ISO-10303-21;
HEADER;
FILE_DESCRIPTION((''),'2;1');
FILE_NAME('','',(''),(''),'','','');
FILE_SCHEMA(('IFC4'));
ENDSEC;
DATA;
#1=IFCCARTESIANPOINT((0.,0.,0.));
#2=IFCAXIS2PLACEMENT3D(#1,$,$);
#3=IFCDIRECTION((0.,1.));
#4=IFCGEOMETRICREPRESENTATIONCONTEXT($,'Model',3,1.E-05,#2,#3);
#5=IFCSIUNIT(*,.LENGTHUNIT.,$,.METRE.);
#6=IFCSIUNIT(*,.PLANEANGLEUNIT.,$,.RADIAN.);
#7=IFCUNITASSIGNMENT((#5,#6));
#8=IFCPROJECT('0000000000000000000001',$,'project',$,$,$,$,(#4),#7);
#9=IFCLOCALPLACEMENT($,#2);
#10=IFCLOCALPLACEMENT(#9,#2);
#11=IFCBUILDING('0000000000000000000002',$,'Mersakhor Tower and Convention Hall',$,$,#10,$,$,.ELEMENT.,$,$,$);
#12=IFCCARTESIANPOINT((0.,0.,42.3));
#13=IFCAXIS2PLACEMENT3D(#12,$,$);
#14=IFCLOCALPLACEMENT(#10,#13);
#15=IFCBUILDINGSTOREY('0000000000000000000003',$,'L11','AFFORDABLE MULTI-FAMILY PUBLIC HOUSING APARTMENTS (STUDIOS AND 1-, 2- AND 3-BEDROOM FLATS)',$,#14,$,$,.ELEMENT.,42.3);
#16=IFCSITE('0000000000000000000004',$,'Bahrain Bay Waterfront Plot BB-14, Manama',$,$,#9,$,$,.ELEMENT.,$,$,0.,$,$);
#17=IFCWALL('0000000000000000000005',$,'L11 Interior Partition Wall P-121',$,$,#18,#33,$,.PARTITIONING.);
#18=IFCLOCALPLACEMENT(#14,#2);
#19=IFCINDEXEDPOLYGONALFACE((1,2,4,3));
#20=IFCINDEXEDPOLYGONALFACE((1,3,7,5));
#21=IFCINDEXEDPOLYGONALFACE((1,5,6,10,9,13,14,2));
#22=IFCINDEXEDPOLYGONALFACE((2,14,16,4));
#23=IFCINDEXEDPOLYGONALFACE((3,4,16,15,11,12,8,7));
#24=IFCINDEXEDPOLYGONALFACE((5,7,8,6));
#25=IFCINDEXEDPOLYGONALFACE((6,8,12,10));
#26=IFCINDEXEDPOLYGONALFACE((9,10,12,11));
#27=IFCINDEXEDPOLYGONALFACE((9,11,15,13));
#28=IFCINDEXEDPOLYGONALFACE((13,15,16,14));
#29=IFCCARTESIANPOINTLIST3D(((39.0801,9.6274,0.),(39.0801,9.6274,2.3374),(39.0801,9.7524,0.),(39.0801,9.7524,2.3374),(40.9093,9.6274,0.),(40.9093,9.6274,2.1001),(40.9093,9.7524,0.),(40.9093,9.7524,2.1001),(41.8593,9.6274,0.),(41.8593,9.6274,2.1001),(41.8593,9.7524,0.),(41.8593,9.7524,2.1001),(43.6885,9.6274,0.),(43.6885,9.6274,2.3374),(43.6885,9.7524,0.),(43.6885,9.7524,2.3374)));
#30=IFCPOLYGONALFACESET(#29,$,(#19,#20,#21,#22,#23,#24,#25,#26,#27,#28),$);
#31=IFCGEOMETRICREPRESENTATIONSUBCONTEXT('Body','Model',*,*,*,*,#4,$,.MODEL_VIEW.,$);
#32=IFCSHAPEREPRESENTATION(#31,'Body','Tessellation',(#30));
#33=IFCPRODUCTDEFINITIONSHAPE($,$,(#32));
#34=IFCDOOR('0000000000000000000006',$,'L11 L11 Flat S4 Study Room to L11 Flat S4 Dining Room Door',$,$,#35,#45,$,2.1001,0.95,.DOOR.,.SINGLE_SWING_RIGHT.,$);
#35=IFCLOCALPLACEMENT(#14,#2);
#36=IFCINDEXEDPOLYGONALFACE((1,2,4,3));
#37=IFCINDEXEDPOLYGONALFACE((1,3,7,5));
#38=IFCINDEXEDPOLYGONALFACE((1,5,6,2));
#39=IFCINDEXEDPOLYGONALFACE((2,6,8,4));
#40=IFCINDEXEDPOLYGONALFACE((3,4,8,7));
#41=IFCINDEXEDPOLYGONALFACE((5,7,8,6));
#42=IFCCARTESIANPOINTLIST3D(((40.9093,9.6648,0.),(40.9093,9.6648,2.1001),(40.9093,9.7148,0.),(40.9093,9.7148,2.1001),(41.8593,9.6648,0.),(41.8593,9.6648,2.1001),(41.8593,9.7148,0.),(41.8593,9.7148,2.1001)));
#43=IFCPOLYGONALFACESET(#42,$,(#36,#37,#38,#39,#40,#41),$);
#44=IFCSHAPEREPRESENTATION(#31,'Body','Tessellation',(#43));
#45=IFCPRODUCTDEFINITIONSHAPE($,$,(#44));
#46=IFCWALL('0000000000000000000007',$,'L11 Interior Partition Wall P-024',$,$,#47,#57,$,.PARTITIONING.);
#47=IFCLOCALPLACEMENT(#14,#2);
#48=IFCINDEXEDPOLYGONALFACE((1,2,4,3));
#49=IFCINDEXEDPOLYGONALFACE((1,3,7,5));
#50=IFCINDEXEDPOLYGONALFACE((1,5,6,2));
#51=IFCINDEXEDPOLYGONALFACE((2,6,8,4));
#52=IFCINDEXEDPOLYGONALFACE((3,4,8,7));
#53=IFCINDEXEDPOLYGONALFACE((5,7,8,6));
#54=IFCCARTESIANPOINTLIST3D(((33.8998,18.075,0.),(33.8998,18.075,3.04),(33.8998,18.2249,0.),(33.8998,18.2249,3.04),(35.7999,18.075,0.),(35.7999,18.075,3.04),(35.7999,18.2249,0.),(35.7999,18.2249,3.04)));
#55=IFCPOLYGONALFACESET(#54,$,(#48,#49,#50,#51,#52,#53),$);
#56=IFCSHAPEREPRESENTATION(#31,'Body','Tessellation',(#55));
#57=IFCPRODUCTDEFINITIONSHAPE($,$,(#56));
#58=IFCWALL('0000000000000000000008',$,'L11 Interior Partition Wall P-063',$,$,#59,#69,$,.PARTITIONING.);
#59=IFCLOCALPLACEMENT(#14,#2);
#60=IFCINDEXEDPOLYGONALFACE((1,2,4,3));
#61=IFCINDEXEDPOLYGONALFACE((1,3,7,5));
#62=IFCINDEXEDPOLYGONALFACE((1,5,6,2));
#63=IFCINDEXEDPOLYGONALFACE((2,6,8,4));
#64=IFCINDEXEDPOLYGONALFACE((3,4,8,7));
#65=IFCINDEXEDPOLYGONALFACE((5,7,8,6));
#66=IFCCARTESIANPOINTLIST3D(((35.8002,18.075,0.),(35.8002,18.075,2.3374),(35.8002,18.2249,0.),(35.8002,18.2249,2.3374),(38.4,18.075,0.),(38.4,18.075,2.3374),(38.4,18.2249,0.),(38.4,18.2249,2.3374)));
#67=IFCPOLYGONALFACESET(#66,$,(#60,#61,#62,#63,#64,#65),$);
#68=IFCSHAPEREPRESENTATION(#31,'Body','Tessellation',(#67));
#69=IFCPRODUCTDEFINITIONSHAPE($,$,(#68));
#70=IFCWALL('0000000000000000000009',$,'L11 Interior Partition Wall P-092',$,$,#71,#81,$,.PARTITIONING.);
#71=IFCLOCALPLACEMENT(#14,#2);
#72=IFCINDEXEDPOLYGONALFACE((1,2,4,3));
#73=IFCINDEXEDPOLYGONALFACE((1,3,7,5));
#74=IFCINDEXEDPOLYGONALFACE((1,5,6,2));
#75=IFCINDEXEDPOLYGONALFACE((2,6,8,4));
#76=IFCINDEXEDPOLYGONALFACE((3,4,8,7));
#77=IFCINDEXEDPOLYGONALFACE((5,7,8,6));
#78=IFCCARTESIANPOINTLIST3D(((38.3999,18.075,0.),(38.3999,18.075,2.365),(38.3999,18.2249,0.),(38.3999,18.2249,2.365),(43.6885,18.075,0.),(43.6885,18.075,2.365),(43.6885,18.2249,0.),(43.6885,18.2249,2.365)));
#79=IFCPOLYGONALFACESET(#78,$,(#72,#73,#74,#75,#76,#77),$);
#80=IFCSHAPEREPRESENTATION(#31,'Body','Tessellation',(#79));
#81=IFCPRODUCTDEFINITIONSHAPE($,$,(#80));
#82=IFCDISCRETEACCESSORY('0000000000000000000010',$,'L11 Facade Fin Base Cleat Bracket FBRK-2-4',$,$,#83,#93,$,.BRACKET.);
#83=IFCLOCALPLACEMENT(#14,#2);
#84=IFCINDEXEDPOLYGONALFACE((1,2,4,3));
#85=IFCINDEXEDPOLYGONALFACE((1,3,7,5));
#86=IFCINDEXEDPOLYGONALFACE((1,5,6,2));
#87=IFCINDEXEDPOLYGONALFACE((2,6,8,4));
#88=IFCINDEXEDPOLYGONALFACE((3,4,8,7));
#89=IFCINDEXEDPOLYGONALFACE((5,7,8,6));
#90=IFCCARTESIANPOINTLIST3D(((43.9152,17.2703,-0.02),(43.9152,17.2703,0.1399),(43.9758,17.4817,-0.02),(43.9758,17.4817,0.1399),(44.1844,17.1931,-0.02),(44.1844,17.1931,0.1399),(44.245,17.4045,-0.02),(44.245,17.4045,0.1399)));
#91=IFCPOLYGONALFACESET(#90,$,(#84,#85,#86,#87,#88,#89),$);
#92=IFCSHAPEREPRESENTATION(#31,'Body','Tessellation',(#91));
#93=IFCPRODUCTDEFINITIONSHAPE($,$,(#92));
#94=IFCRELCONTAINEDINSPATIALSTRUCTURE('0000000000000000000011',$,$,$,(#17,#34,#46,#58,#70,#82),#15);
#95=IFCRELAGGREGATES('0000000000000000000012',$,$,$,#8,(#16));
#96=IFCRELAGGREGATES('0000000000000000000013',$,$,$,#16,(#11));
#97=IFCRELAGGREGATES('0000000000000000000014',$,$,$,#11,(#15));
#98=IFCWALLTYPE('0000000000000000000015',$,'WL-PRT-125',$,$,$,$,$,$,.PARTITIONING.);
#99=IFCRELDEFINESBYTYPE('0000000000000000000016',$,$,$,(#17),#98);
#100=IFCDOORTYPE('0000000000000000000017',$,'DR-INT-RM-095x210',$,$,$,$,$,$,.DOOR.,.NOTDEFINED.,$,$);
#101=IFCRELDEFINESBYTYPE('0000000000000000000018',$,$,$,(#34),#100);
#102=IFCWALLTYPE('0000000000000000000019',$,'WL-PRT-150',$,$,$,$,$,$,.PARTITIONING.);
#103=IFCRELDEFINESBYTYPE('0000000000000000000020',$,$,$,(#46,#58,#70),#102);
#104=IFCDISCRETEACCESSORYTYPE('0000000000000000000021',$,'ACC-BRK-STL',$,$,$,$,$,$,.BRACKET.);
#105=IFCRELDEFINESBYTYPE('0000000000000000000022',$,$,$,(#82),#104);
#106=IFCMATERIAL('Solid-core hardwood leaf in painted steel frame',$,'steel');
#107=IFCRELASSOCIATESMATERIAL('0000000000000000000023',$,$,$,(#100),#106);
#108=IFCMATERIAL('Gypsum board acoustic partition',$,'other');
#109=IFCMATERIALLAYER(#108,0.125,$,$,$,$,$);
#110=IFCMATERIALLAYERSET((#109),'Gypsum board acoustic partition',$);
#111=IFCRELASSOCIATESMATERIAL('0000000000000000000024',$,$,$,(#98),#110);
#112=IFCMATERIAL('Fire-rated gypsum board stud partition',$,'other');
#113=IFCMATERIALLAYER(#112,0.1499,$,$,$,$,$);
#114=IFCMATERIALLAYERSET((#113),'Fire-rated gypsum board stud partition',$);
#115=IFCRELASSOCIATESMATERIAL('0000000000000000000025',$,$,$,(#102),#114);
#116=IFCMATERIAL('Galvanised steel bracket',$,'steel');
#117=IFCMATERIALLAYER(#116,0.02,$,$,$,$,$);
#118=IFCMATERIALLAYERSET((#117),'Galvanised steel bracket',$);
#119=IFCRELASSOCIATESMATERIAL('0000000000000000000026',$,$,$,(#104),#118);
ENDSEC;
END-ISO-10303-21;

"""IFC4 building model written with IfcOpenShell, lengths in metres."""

from ifc_helpers import new_model, si_unit, direction, frame, frame_2d, origin, origin_2d, place, context, subcontext, project, spatial, rectangle, extrude, material, layer, layer_set, type_object, element, fill, save


model = new_model("IFC4")

# Units and contexts
model_context = context("Model", 3, precision=1e-05, world=origin(), true_north=direction((0.0, 1.0)))
body_context = subcontext(model_context, "Body", "Model", "MODEL_VIEW")
ifc_project = project(units=[si_unit("LENGTHUNIT", "METRE"), si_unit("PLANEANGLEUNIT", "RADIAN")], contexts=[model_context])

# Site, building, storey
site_placement = place(None, origin())
site = spatial("IfcSite", under=ifc_project, at=site_placement, Name="Bahrain Bay Waterfront Plot BB-14, Manama", CompositionType="ELEMENT", RefElevation=0.0)
building_placement = place(site_placement, origin())
building = spatial("IfcBuilding", under=site, at=building_placement, Name="Mersakhor Tower and Convention Hall", CompositionType="ELEMENT")
storey_placement = place(building_placement, frame((0.0, 0.0, 42.3)))
storey = spatial("IfcBuildingStorey", under=building, at=storey_placement, Name="L11", Description="AFFORDABLE MULTI-FAMILY PUBLIC HOUSING APARTMENTS (STUDIOS AND 1-, 2- AND 3-BEDROOM FLATS)", CompositionType="ELEMENT", Elevation=42.3)

# Shared definitions
ifc_material_1 = material(Name="Solid-core hardwood leaf in painted steel frame", Category="steel")
door_type_1 = type_object("IfcDoorType", Name="DR-INT-RM-095x210", OperationType="NOTDEFINED", PredefinedType="DOOR", material=ifc_material_1)

# Wall, opening, door
ifc_material_2 = material(Name="Gypsum board acoustic partition", Category="other")
ifc_layer_1 = layer(ifc_material_2, 0.125)
ifc_layer_set_1 = layer_set([ifc_layer_1], Name="Gypsum board acoustic partition")
wall_type_1 = type_object("IfcWallType", Name="WL-PRT-125", PredefinedType="PARTITIONING", material=ifc_layer_set_1)
wall_1_placement = place(storey_placement, frame((39.0801, 9.6899, 0.0), z_axis=(0.0, 0.0, 1.0), x_axis=(1.0, 0.0, 0.0)))
wall_1 = element("IfcWall", 1, at=wall_1_placement, inside=storey, type_object=wall_type_1, Name="L11 Interior Partition Wall P-121", PredefinedType="PARTITIONING", context=body_context, shape_type="SweptSolid", body=[
    extrude(rectangle(XDim=4.6084, YDim=0.125, at=frame_2d((2.3042, 0.0))), origin(), (0.0, 0.0, 1.0), 2.3374),
])
opening_1_placement = place(wall_1_placement, frame((1.8291, 0.0, 0.0)))
opening_1 = element("IfcOpeningElement", 2, at=opening_1_placement, cuts=wall_1, PredefinedType="OPENING", context=body_context, shape_type="SweptSolid", body=[
    extrude(rectangle(XDim=0.95, YDim=2.1001, at=frame_2d((0.4751, 1.05))), frame((0.0, 0.0725, 0.0), z_axis=(0.0, -1.0, 0.0), x_axis=(1.0, 0.0, 0.0)), (0.0, 0.0, 1.0), 0.145),
])
door_1_placement = place(opening_1_placement, origin())
door_1 = element("IfcDoor", 3, at=door_1_placement, inside=storey, type_object=door_type_1, Name="L11 L11 Flat S4 Study Room to L11 Flat S4 Dining Room Door", OperationType="SINGLE_SWING_RIGHT", OverallHeight=2.1001, OverallWidth=0.95, PredefinedType="DOOR", context=body_context, shape_type="SweptSolid", body=[
    extrude(rectangle(XDim=0.95, YDim=2.1001, at=frame_2d((0.4751, 1.05))), frame((0.0, 0.0249, 0.0), z_axis=(0.0, -1.0, 0.0), x_axis=(1.0, 0.0, 0.0)), (0.0, 0.0, 1.0), 0.05),
])
fill(opening_1, door_1)

# Walls
ifc_material_3 = material(Name="Fire-rated gypsum board stud partition", Category="other")
ifc_layer_2 = layer(ifc_material_3, 0.1499)
ifc_layer_set_2 = layer_set([ifc_layer_2], Name="Fire-rated gypsum board stud partition")
wall_type_2 = type_object("IfcWallType", Name="WL-PRT-150", PredefinedType="PARTITIONING", material=ifc_layer_set_2)
wall_2_placement = place(storey_placement, frame((35.8, 18.1499, 0.0), z_axis=(0.0, 0.0, 1.0), x_axis=(-1.0, 0.0, 0.0)))
element("IfcWall", 4, at=wall_2_placement, inside=storey, type_object=wall_type_2, Name="L11 Interior Partition Wall P-024", PredefinedType="PARTITIONING", context=body_context, shape_type="SweptSolid", body=[
    extrude(rectangle(XDim=1.9001, YDim=0.1499, at=frame_2d((0.9502, 0.0))), origin(), (0.0, 0.0, 1.0), 3.04),
])
wall_3_placement = place(storey_placement, frame((38.3999, 18.1499, 0.0), z_axis=(0.0, 0.0, 1.0), x_axis=(-1.0, 0.0, 0.0)))
element("IfcWall", 5, at=wall_3_placement, inside=storey, type_object=wall_type_2, Name="L11 Interior Partition Wall P-063", PredefinedType="PARTITIONING", context=body_context, shape_type="SweptSolid", body=[
    extrude(rectangle(XDim=2.5999, YDim=0.1499, at=frame_2d((1.2998, 0.0))), origin(), (0.0, 0.0, 1.0), 2.3374),
])
wall_4_placement = place(storey_placement, frame((38.3999, 18.1499, 0.0), z_axis=(0.0, 0.0, 1.0), x_axis=(1.0, 0.0, 0.0)))
element("IfcWall", 6, at=wall_4_placement, inside=storey, type_object=wall_type_2, Name="L11 Interior Partition Wall P-092", PredefinedType="PARTITIONING", context=body_context, shape_type="SweptSolid", body=[
    extrude(rectangle(XDim=5.2886, YDim=0.1499, at=frame_2d((2.6443, 0.0))), origin(), (0.0, 0.0, 1.0), 2.365),
])

# Discrete accessory
ifc_material_4 = material(Name="Galvanised steel bracket", Category="steel")
ifc_layer_3 = layer(ifc_material_4, 0.02)
ifc_layer_set_3 = layer_set([ifc_layer_3], Name="Galvanised steel bracket")
discrete_accessory_type = type_object("IfcDiscreteAccessoryType", Name="ACC-BRK-STL", PredefinedType="BRACKET", material=ifc_layer_set_3)
discrete_accessory_placement = place(storey_placement, frame((44.0801, 17.3374, -0.02), z_axis=(0.0, 0.0, 1.0), x_axis=(0.961262, -0.275637, 0.0)))
element("IfcDiscreteAccessory", 7, at=discrete_accessory_placement, inside=storey, type_object=discrete_accessory_type, Name="L11 Facade Fin Base Cleat Bracket FBRK-2-4", PredefinedType="BRACKET", context=body_context, shape_type="SweptSolid", body=[
    extrude(rectangle(XDim=0.28, YDim=0.22, at=origin_2d()), origin(), (0.0, 0.0, 1.0), 0.1599),
])

save(model, "model.ifc")
